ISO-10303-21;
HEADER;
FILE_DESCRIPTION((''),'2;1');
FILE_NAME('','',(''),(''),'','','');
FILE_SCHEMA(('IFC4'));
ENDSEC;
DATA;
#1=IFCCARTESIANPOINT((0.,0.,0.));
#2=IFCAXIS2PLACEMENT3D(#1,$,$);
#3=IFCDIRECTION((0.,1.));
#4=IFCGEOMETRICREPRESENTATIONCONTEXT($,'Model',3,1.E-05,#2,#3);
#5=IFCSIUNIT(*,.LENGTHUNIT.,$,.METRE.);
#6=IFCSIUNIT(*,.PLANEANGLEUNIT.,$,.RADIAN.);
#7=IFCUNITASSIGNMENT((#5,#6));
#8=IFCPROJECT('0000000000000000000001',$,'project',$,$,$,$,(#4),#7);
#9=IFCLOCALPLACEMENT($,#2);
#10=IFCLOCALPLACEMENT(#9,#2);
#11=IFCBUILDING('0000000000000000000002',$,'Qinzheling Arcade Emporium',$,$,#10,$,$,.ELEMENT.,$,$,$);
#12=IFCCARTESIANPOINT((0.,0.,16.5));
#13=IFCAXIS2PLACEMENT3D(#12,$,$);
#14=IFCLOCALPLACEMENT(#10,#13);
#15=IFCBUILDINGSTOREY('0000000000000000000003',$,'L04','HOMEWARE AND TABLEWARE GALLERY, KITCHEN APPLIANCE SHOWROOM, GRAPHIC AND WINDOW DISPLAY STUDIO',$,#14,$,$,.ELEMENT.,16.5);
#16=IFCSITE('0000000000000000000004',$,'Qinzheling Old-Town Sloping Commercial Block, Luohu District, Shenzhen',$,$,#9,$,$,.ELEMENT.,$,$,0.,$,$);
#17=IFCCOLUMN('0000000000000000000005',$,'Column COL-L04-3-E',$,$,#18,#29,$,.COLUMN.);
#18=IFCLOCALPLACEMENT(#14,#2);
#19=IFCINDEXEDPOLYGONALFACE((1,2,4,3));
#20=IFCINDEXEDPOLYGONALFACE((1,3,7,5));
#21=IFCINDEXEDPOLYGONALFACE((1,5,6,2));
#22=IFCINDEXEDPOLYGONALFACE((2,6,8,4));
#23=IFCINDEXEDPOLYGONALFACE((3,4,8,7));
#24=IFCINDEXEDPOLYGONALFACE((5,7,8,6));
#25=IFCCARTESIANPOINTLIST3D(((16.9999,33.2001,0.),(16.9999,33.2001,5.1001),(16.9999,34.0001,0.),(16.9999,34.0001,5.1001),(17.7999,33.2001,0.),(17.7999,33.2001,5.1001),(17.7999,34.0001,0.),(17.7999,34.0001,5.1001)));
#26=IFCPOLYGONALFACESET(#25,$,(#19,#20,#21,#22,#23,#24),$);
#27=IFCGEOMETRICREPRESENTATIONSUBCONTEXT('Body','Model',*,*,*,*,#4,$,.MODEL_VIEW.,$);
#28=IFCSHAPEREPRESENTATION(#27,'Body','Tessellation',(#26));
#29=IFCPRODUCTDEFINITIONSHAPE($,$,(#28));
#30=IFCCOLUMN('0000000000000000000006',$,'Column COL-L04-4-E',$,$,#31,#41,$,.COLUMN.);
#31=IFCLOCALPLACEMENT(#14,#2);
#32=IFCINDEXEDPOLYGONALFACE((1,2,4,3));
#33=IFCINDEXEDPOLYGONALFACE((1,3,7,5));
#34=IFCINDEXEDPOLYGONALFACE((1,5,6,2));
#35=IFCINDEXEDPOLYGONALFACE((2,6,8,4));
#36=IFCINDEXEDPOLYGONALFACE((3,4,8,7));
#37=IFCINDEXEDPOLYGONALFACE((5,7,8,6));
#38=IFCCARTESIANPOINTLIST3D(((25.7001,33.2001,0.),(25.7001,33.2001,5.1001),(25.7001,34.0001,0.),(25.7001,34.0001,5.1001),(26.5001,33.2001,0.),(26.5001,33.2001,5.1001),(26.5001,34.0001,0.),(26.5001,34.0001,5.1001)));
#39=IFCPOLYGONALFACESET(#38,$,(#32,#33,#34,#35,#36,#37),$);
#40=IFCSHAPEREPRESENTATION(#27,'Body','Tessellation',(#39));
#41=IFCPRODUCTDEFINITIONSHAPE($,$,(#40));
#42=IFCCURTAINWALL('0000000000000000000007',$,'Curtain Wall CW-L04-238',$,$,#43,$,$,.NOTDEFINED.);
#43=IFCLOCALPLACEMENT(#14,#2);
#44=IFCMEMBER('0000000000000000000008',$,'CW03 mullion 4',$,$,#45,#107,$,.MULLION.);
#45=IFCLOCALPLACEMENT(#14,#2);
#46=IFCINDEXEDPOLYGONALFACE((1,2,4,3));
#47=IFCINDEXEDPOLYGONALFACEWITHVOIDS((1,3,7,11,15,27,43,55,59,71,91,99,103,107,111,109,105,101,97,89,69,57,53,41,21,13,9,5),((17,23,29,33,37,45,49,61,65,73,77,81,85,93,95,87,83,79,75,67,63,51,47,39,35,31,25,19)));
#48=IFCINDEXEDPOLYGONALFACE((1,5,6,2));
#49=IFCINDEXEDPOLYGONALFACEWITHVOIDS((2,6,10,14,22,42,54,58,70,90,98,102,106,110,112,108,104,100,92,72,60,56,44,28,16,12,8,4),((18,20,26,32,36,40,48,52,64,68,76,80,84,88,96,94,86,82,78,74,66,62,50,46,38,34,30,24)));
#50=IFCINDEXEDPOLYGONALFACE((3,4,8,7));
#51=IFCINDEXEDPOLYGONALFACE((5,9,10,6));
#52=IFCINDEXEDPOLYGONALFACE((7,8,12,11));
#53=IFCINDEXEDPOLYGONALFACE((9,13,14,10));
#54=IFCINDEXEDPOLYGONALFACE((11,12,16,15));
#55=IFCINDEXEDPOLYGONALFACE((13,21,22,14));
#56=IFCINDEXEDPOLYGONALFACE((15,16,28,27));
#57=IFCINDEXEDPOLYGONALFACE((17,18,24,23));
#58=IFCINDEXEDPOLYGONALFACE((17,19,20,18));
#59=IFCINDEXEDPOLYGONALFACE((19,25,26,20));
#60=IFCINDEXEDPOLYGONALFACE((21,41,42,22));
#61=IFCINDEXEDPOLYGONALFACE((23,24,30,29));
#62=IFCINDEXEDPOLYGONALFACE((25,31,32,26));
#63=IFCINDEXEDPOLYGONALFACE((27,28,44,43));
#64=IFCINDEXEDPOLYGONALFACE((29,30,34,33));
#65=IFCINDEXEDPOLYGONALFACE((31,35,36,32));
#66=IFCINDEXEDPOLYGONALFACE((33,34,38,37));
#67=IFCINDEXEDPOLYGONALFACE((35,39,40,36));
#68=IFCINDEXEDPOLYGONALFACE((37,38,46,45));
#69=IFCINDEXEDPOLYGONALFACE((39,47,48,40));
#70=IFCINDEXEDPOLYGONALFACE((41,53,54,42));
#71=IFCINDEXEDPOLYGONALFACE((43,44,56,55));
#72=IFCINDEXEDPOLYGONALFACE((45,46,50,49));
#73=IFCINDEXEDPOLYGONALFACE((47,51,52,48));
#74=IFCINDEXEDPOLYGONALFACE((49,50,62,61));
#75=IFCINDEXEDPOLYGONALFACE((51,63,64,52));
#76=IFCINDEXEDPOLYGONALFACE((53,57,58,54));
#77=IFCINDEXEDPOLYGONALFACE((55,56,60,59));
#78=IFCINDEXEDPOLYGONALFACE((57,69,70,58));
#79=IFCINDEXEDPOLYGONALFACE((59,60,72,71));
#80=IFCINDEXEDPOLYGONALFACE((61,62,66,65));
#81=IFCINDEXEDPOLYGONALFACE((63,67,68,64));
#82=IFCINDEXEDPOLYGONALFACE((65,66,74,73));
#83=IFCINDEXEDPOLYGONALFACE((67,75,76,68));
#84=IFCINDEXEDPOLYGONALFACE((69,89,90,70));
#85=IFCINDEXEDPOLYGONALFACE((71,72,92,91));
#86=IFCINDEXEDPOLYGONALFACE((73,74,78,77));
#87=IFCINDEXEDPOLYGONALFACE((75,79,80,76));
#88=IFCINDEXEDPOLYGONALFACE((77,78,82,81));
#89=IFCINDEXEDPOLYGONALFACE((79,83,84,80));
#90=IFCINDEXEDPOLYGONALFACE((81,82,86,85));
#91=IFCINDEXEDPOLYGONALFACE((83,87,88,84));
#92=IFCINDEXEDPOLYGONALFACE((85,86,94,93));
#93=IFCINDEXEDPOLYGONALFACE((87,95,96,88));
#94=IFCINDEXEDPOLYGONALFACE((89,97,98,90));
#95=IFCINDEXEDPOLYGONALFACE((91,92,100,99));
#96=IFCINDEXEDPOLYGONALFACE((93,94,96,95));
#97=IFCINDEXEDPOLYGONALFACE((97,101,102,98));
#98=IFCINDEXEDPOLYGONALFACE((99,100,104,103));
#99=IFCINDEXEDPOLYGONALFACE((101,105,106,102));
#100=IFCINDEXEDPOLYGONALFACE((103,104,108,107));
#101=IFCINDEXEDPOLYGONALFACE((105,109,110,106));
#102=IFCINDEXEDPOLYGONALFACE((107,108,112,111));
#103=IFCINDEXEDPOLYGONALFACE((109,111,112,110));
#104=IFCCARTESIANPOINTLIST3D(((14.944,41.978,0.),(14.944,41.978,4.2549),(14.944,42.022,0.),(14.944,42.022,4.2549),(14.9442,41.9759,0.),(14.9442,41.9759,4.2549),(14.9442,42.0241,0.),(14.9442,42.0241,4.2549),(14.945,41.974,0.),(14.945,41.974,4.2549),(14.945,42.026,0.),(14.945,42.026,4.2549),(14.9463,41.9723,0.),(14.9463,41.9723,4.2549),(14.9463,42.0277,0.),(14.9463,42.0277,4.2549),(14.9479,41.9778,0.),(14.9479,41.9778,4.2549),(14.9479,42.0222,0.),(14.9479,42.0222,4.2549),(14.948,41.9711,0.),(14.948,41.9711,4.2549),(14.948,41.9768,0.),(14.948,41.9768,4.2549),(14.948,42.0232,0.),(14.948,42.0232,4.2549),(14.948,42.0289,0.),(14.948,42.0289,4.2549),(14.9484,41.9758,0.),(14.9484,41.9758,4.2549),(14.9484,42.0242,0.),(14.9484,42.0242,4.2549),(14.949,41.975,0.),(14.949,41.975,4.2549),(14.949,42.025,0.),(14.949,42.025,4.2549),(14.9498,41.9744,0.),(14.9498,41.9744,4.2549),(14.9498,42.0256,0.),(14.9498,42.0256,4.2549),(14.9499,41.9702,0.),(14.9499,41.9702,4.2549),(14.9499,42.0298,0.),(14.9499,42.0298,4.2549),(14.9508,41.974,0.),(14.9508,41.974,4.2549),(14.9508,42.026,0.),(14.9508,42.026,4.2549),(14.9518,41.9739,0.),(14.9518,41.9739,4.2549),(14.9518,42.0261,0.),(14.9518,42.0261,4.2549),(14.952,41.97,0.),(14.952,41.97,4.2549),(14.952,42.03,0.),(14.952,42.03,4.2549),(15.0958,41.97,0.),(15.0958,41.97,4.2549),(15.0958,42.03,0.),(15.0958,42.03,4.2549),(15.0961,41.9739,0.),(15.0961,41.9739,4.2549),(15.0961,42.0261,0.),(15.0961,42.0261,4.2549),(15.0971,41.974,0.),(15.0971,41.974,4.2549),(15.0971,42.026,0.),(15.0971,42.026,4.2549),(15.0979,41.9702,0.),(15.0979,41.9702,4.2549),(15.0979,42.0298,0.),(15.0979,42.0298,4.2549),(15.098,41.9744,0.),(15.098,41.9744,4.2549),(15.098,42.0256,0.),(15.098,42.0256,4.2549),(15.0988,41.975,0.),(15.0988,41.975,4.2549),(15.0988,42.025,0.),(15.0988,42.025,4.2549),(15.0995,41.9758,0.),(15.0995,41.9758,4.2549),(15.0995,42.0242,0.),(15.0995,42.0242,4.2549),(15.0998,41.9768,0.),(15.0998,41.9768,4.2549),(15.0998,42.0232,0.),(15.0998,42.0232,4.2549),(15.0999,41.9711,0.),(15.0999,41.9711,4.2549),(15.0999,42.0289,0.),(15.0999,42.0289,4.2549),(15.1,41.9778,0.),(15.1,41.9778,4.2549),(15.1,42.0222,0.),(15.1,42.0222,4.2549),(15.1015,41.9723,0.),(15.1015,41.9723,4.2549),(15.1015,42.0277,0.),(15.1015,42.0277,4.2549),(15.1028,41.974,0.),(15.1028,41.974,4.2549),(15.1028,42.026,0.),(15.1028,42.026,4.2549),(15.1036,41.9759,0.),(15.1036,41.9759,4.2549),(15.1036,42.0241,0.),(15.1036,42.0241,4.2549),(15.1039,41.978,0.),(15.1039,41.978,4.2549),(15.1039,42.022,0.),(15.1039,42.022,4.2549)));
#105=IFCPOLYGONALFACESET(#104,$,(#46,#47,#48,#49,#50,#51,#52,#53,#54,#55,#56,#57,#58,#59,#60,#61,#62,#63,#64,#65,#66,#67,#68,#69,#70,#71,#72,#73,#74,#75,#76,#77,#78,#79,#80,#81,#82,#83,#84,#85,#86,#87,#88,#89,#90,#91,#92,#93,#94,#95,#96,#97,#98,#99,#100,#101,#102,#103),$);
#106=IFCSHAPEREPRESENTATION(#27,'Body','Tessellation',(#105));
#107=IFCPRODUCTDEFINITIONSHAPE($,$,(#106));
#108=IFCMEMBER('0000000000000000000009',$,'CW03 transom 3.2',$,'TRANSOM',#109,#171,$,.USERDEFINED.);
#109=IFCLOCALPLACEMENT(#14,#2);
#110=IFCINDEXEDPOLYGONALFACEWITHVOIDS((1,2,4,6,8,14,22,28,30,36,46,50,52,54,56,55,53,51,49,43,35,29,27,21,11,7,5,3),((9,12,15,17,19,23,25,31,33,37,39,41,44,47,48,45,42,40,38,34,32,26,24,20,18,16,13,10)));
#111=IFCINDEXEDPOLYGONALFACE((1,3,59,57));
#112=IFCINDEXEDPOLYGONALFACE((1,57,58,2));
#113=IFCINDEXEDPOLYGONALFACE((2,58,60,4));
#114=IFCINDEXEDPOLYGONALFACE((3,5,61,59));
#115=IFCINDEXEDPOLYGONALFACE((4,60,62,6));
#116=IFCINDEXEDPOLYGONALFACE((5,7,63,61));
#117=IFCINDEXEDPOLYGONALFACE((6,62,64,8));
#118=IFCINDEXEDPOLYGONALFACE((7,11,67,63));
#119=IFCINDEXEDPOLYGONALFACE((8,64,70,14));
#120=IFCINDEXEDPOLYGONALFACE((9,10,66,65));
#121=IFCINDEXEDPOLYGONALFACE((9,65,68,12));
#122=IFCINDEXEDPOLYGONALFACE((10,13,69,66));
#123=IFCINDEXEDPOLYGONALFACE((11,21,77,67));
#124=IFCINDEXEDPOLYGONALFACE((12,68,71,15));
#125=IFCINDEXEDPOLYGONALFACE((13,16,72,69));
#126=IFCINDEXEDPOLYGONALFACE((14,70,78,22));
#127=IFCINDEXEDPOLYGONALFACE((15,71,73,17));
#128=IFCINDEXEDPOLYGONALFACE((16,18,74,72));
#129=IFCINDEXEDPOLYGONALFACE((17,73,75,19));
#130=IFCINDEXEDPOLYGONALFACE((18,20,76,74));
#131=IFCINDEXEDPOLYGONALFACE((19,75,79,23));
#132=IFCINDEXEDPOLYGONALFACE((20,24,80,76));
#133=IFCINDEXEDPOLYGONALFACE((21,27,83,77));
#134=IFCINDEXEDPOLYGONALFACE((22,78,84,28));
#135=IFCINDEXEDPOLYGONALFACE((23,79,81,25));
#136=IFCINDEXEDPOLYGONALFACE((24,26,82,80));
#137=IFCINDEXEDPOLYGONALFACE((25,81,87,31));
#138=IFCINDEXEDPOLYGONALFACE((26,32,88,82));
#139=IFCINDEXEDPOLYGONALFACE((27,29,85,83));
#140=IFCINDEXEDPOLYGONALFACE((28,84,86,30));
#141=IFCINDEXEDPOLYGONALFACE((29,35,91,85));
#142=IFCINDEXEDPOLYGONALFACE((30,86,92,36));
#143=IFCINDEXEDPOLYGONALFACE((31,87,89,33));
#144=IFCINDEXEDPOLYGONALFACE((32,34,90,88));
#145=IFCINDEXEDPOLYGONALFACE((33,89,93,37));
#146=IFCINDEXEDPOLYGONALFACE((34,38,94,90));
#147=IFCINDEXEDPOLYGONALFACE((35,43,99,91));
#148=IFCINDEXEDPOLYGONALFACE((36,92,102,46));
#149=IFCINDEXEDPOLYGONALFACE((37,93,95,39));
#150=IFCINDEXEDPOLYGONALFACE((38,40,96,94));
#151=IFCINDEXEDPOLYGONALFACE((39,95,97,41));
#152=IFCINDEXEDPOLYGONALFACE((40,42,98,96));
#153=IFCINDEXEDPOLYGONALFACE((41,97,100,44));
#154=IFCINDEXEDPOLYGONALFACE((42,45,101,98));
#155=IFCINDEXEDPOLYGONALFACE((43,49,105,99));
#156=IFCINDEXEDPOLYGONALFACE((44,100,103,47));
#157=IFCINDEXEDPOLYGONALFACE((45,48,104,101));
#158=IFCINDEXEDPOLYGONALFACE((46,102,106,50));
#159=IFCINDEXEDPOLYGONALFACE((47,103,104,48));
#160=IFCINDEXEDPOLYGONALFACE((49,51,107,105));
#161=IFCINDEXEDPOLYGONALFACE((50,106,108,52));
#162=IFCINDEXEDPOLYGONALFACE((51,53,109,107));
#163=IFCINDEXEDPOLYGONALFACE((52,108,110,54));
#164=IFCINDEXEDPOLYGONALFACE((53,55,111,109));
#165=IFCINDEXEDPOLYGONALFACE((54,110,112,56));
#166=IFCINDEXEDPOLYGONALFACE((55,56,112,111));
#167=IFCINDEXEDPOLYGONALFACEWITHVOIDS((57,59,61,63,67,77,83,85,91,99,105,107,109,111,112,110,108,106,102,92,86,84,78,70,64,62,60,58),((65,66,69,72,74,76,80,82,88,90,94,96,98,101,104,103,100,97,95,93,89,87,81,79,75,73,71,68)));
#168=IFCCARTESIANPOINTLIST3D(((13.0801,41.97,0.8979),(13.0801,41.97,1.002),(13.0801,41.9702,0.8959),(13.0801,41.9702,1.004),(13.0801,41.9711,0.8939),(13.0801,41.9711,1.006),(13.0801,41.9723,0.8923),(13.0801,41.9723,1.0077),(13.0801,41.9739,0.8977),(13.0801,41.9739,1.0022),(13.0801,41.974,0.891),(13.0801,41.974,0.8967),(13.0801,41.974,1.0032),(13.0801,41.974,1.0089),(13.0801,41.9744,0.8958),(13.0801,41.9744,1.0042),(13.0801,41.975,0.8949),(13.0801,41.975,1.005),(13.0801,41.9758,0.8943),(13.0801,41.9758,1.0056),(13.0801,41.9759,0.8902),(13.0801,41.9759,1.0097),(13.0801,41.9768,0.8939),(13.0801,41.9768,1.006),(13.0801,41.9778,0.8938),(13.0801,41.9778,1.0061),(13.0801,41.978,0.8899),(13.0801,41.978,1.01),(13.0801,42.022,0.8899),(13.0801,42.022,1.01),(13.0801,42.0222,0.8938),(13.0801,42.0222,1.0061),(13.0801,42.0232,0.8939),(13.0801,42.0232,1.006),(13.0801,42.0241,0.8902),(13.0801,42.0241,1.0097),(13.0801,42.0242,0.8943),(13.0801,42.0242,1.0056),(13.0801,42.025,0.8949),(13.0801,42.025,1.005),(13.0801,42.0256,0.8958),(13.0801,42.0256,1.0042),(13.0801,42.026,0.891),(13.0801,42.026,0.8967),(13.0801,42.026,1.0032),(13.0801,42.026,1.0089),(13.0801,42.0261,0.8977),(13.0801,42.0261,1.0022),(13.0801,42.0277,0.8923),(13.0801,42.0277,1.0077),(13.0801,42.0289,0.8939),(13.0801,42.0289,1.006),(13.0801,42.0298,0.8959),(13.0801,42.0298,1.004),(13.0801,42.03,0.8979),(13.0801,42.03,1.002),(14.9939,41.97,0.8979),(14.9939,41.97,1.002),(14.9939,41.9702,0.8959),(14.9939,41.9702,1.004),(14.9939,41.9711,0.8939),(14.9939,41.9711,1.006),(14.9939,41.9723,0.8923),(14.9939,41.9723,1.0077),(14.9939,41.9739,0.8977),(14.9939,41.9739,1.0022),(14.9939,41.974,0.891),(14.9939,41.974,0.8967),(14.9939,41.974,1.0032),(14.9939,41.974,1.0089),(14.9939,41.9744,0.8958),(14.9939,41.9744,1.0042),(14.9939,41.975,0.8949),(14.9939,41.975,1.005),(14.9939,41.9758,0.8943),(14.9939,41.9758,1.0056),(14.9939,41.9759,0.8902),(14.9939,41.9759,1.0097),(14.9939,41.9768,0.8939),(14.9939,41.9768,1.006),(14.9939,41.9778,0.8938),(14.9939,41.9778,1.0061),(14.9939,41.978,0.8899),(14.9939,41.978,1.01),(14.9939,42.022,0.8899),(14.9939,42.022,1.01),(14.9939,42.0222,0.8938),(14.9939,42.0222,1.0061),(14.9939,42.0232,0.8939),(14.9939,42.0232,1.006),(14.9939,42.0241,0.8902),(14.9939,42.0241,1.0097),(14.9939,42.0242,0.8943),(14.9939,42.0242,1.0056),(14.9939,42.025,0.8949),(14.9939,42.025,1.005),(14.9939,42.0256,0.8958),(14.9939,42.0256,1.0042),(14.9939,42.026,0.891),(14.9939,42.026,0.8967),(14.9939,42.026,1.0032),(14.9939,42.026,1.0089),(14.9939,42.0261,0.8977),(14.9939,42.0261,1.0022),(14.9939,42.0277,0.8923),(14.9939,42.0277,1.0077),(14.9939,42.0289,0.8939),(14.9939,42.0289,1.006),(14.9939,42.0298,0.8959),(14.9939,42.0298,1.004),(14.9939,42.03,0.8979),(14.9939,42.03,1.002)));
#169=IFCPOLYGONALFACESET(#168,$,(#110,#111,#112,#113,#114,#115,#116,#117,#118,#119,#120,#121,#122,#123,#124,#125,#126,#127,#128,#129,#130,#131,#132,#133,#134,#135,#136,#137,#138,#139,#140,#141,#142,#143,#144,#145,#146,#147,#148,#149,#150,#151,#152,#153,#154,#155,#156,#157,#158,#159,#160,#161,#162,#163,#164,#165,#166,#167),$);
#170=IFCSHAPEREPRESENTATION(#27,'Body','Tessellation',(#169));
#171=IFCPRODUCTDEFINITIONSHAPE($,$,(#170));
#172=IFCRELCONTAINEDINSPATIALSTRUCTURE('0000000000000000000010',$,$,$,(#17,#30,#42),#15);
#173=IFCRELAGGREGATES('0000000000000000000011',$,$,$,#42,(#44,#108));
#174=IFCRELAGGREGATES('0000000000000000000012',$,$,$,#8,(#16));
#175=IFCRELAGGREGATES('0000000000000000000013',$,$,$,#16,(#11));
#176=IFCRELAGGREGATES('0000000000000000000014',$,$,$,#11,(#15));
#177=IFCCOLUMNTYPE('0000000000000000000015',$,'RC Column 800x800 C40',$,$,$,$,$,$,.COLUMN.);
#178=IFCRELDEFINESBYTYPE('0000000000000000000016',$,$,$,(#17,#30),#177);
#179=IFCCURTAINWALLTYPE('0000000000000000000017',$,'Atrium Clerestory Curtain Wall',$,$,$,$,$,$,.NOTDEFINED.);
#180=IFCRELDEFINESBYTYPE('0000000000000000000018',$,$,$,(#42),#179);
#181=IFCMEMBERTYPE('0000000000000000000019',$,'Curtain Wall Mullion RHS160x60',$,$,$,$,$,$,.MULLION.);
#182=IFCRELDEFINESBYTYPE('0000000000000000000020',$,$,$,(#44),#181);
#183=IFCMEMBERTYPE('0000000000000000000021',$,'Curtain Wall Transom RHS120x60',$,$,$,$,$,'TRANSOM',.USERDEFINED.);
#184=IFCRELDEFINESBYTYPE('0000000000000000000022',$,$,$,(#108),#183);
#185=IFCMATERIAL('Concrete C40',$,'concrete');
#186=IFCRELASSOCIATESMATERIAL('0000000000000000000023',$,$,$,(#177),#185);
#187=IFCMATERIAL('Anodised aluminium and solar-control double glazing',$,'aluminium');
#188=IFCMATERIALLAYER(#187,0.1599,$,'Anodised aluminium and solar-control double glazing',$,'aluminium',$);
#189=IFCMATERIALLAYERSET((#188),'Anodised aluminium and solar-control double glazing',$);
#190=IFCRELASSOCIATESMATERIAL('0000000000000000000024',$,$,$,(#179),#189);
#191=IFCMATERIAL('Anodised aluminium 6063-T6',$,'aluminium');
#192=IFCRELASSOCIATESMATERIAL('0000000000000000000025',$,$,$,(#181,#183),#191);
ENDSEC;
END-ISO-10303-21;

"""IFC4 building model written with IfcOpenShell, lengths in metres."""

from ifc_helpers import new_model, si_unit, direction, frame, origin, origin_2d, place, context, subcontext, project, spatial, rectangle, hollow_rectangle, extrude, material, layer, layer_set, material_profile, profile_set, type_object, element, aggregate, save


model = new_model("IFC4")

# Units and contexts
model_context = context("Model", 3, precision=1e-05, world=origin(), true_north=direction((0.0, 1.0)))
body_context = subcontext(model_context, "Body", "Model", "MODEL_VIEW")
ifc_project = project(units=[si_unit("LENGTHUNIT", "METRE"), si_unit("PLANEANGLEUNIT", "RADIAN")], contexts=[model_context])

# Site, building, storey
site_placement = place(None, origin())
site = spatial("IfcSite", under=ifc_project, at=site_placement, Name="Qinzheling Old-Town Sloping Commercial Block, Luohu District, Shenzhen", CompositionType="ELEMENT", RefElevation=0.0)
building_placement = place(site_placement, origin())
building = spatial("IfcBuilding", under=site, at=building_placement, Name="Qinzheling Arcade Emporium", CompositionType="ELEMENT")
storey_placement = place(building_placement, frame((0.0, 0.0, 16.5)))
storey = spatial("IfcBuildingStorey", under=building, at=storey_placement, Name="L04", Description="HOMEWARE AND TABLEWARE GALLERY, KITCHEN APPLIANCE SHOWROOM, GRAPHIC AND WINDOW DISPLAY STUDIO", CompositionType="ELEMENT", Elevation=16.5)

# Columns
ifc_material_1 = material(Name="Concrete C40", Category="concrete")
ifc_material_profile_1 = material_profile(ifc_material_1, rectangle(XDim=0.8, YDim=0.8, at=origin_2d()), Name="RC 800x800", Category="concrete")
ifc_profile_set_1 = profile_set([ifc_material_profile_1], Name="Concrete C40")
column_type = type_object("IfcColumnType", Name="RC Column 800x800 C40", PredefinedType="COLUMN", material=ifc_profile_set_1)
for number, where, z_axis, x_axis, name in (
    (1, (17.3999, 33.6001, 0.0), (0.0, 0.0, 1.0), (1.0, 0.0, 0.0), "Column COL-L04-3-E"),
    (2, (26.1001, 33.6001, 0.0), (0.0, 0.0, 1.0), (1.0, 0.0, 0.0), "Column COL-L04-4-E"),
):
    element("IfcColumn", number, at=place(storey_placement, frame(where, z_axis=z_axis, x_axis=x_axis)), inside=storey, type_object=column_type, Name=name, PredefinedType="COLUMN", context=body_context, shape_type="SweptSolid", body=[
        extrude(rectangle(XDim=0.8, YDim=0.8, at=origin_2d()), origin(), (0.0, 0.0, 1.0), 5.1001),
    ])

# Curtain wall, members
ifc_material_2 = material(Name="Anodised aluminium and solar-control double glazing", Category="aluminium")
ifc_layer_1 = layer(ifc_material_2, 0.1599, Name="Anodised aluminium and solar-control double glazing", Category="aluminium")
ifc_layer_set_1 = layer_set([ifc_layer_1], Name="Anodised aluminium and solar-control double glazing")
curtain_wall_type = type_object("IfcCurtainWallType", Name="Atrium Clerestory Curtain Wall", PredefinedType="NOTDEFINED", material=ifc_layer_set_1)
curtain_wall_placement = place(storey_placement, origin())
curtain_wall = element("IfcCurtainWall", 3, at=curtain_wall_placement, inside=storey, type_object=curtain_wall_type, Name="Curtain Wall CW-L04-238", PredefinedType="NOTDEFINED")
ifc_material_3 = material(Name="Anodised aluminium 6063-T6", Category="aluminium")
ifc_material_profile_2 = material_profile(ifc_material_3, hollow_rectangle(XDim=0.0601, YDim=0.1599, WallThickness=0.0039, InnerFilletRadius=0.0039, OuterFilletRadius=0.0081, at=origin_2d()), Name="RHS 160x60x4", Category="aluminium")
ifc_profile_set_2 = profile_set([ifc_material_profile_2], Name="Anodised aluminium 6063-T6")
member_type_1 = type_object("IfcMemberType", Name="Curtain Wall Mullion RHS160x60", PredefinedType="MULLION", material=ifc_profile_set_2)
member_1_placement = place(storey_placement, frame((15.0239, 42.0, 0.0), z_axis=(0.0, 0.0, 1.0), x_axis=(0.0, 1.0, 0.0)))
member_1 = element("IfcMember", 4, at=member_1_placement, type_object=member_type_1, Name="CW03 mullion 4", PredefinedType="MULLION", context=body_context, shape_type="SweptSolid", body=[
    extrude(hollow_rectangle(XDim=0.0601, YDim=0.1599, WallThickness=0.0039, InnerFilletRadius=0.0039, OuterFilletRadius=0.0081, at=origin_2d()), origin(), (0.0, 0.0, 1.0), 4.2549),
])
ifc_material_profile_3 = material_profile(ifc_material_3, hollow_rectangle(XDim=0.0601, YDim=0.1201, WallThickness=0.0039, InnerFilletRadius=0.0039, OuterFilletRadius=0.0081, at=origin_2d()), Name="RHS 120x60x4", Category="aluminium")
ifc_profile_set_3 = profile_set([ifc_material_profile_3], Name="Anodised aluminium 6063-T6")
member_type_2 = type_object("IfcMemberType", Name="Curtain Wall Transom RHS120x60", ElementType="TRANSOM", PredefinedType="USERDEFINED", material=ifc_profile_set_3)
member_2_placement = place(storey_placement, frame((13.0801, 42.0, 0.95), z_axis=(1.0, 0.0, 0.0), x_axis=(0.0, 1.0, 0.0)))
member_2 = element("IfcMember", 5, at=member_2_placement, type_object=member_type_2, Name="CW03 transom 3.2", ObjectType="TRANSOM", PredefinedType="USERDEFINED", context=body_context, shape_type="SweptSolid", body=[
    extrude(hollow_rectangle(XDim=0.0601, YDim=0.1201, WallThickness=0.0039, InnerFilletRadius=0.0039, OuterFilletRadius=0.0081, at=origin_2d()), origin(), (0.0, 0.0, 1.0), 1.9138),
])

aggregate(curtain_wall, [member_1, member_2])

save(model, "model.ifc")
